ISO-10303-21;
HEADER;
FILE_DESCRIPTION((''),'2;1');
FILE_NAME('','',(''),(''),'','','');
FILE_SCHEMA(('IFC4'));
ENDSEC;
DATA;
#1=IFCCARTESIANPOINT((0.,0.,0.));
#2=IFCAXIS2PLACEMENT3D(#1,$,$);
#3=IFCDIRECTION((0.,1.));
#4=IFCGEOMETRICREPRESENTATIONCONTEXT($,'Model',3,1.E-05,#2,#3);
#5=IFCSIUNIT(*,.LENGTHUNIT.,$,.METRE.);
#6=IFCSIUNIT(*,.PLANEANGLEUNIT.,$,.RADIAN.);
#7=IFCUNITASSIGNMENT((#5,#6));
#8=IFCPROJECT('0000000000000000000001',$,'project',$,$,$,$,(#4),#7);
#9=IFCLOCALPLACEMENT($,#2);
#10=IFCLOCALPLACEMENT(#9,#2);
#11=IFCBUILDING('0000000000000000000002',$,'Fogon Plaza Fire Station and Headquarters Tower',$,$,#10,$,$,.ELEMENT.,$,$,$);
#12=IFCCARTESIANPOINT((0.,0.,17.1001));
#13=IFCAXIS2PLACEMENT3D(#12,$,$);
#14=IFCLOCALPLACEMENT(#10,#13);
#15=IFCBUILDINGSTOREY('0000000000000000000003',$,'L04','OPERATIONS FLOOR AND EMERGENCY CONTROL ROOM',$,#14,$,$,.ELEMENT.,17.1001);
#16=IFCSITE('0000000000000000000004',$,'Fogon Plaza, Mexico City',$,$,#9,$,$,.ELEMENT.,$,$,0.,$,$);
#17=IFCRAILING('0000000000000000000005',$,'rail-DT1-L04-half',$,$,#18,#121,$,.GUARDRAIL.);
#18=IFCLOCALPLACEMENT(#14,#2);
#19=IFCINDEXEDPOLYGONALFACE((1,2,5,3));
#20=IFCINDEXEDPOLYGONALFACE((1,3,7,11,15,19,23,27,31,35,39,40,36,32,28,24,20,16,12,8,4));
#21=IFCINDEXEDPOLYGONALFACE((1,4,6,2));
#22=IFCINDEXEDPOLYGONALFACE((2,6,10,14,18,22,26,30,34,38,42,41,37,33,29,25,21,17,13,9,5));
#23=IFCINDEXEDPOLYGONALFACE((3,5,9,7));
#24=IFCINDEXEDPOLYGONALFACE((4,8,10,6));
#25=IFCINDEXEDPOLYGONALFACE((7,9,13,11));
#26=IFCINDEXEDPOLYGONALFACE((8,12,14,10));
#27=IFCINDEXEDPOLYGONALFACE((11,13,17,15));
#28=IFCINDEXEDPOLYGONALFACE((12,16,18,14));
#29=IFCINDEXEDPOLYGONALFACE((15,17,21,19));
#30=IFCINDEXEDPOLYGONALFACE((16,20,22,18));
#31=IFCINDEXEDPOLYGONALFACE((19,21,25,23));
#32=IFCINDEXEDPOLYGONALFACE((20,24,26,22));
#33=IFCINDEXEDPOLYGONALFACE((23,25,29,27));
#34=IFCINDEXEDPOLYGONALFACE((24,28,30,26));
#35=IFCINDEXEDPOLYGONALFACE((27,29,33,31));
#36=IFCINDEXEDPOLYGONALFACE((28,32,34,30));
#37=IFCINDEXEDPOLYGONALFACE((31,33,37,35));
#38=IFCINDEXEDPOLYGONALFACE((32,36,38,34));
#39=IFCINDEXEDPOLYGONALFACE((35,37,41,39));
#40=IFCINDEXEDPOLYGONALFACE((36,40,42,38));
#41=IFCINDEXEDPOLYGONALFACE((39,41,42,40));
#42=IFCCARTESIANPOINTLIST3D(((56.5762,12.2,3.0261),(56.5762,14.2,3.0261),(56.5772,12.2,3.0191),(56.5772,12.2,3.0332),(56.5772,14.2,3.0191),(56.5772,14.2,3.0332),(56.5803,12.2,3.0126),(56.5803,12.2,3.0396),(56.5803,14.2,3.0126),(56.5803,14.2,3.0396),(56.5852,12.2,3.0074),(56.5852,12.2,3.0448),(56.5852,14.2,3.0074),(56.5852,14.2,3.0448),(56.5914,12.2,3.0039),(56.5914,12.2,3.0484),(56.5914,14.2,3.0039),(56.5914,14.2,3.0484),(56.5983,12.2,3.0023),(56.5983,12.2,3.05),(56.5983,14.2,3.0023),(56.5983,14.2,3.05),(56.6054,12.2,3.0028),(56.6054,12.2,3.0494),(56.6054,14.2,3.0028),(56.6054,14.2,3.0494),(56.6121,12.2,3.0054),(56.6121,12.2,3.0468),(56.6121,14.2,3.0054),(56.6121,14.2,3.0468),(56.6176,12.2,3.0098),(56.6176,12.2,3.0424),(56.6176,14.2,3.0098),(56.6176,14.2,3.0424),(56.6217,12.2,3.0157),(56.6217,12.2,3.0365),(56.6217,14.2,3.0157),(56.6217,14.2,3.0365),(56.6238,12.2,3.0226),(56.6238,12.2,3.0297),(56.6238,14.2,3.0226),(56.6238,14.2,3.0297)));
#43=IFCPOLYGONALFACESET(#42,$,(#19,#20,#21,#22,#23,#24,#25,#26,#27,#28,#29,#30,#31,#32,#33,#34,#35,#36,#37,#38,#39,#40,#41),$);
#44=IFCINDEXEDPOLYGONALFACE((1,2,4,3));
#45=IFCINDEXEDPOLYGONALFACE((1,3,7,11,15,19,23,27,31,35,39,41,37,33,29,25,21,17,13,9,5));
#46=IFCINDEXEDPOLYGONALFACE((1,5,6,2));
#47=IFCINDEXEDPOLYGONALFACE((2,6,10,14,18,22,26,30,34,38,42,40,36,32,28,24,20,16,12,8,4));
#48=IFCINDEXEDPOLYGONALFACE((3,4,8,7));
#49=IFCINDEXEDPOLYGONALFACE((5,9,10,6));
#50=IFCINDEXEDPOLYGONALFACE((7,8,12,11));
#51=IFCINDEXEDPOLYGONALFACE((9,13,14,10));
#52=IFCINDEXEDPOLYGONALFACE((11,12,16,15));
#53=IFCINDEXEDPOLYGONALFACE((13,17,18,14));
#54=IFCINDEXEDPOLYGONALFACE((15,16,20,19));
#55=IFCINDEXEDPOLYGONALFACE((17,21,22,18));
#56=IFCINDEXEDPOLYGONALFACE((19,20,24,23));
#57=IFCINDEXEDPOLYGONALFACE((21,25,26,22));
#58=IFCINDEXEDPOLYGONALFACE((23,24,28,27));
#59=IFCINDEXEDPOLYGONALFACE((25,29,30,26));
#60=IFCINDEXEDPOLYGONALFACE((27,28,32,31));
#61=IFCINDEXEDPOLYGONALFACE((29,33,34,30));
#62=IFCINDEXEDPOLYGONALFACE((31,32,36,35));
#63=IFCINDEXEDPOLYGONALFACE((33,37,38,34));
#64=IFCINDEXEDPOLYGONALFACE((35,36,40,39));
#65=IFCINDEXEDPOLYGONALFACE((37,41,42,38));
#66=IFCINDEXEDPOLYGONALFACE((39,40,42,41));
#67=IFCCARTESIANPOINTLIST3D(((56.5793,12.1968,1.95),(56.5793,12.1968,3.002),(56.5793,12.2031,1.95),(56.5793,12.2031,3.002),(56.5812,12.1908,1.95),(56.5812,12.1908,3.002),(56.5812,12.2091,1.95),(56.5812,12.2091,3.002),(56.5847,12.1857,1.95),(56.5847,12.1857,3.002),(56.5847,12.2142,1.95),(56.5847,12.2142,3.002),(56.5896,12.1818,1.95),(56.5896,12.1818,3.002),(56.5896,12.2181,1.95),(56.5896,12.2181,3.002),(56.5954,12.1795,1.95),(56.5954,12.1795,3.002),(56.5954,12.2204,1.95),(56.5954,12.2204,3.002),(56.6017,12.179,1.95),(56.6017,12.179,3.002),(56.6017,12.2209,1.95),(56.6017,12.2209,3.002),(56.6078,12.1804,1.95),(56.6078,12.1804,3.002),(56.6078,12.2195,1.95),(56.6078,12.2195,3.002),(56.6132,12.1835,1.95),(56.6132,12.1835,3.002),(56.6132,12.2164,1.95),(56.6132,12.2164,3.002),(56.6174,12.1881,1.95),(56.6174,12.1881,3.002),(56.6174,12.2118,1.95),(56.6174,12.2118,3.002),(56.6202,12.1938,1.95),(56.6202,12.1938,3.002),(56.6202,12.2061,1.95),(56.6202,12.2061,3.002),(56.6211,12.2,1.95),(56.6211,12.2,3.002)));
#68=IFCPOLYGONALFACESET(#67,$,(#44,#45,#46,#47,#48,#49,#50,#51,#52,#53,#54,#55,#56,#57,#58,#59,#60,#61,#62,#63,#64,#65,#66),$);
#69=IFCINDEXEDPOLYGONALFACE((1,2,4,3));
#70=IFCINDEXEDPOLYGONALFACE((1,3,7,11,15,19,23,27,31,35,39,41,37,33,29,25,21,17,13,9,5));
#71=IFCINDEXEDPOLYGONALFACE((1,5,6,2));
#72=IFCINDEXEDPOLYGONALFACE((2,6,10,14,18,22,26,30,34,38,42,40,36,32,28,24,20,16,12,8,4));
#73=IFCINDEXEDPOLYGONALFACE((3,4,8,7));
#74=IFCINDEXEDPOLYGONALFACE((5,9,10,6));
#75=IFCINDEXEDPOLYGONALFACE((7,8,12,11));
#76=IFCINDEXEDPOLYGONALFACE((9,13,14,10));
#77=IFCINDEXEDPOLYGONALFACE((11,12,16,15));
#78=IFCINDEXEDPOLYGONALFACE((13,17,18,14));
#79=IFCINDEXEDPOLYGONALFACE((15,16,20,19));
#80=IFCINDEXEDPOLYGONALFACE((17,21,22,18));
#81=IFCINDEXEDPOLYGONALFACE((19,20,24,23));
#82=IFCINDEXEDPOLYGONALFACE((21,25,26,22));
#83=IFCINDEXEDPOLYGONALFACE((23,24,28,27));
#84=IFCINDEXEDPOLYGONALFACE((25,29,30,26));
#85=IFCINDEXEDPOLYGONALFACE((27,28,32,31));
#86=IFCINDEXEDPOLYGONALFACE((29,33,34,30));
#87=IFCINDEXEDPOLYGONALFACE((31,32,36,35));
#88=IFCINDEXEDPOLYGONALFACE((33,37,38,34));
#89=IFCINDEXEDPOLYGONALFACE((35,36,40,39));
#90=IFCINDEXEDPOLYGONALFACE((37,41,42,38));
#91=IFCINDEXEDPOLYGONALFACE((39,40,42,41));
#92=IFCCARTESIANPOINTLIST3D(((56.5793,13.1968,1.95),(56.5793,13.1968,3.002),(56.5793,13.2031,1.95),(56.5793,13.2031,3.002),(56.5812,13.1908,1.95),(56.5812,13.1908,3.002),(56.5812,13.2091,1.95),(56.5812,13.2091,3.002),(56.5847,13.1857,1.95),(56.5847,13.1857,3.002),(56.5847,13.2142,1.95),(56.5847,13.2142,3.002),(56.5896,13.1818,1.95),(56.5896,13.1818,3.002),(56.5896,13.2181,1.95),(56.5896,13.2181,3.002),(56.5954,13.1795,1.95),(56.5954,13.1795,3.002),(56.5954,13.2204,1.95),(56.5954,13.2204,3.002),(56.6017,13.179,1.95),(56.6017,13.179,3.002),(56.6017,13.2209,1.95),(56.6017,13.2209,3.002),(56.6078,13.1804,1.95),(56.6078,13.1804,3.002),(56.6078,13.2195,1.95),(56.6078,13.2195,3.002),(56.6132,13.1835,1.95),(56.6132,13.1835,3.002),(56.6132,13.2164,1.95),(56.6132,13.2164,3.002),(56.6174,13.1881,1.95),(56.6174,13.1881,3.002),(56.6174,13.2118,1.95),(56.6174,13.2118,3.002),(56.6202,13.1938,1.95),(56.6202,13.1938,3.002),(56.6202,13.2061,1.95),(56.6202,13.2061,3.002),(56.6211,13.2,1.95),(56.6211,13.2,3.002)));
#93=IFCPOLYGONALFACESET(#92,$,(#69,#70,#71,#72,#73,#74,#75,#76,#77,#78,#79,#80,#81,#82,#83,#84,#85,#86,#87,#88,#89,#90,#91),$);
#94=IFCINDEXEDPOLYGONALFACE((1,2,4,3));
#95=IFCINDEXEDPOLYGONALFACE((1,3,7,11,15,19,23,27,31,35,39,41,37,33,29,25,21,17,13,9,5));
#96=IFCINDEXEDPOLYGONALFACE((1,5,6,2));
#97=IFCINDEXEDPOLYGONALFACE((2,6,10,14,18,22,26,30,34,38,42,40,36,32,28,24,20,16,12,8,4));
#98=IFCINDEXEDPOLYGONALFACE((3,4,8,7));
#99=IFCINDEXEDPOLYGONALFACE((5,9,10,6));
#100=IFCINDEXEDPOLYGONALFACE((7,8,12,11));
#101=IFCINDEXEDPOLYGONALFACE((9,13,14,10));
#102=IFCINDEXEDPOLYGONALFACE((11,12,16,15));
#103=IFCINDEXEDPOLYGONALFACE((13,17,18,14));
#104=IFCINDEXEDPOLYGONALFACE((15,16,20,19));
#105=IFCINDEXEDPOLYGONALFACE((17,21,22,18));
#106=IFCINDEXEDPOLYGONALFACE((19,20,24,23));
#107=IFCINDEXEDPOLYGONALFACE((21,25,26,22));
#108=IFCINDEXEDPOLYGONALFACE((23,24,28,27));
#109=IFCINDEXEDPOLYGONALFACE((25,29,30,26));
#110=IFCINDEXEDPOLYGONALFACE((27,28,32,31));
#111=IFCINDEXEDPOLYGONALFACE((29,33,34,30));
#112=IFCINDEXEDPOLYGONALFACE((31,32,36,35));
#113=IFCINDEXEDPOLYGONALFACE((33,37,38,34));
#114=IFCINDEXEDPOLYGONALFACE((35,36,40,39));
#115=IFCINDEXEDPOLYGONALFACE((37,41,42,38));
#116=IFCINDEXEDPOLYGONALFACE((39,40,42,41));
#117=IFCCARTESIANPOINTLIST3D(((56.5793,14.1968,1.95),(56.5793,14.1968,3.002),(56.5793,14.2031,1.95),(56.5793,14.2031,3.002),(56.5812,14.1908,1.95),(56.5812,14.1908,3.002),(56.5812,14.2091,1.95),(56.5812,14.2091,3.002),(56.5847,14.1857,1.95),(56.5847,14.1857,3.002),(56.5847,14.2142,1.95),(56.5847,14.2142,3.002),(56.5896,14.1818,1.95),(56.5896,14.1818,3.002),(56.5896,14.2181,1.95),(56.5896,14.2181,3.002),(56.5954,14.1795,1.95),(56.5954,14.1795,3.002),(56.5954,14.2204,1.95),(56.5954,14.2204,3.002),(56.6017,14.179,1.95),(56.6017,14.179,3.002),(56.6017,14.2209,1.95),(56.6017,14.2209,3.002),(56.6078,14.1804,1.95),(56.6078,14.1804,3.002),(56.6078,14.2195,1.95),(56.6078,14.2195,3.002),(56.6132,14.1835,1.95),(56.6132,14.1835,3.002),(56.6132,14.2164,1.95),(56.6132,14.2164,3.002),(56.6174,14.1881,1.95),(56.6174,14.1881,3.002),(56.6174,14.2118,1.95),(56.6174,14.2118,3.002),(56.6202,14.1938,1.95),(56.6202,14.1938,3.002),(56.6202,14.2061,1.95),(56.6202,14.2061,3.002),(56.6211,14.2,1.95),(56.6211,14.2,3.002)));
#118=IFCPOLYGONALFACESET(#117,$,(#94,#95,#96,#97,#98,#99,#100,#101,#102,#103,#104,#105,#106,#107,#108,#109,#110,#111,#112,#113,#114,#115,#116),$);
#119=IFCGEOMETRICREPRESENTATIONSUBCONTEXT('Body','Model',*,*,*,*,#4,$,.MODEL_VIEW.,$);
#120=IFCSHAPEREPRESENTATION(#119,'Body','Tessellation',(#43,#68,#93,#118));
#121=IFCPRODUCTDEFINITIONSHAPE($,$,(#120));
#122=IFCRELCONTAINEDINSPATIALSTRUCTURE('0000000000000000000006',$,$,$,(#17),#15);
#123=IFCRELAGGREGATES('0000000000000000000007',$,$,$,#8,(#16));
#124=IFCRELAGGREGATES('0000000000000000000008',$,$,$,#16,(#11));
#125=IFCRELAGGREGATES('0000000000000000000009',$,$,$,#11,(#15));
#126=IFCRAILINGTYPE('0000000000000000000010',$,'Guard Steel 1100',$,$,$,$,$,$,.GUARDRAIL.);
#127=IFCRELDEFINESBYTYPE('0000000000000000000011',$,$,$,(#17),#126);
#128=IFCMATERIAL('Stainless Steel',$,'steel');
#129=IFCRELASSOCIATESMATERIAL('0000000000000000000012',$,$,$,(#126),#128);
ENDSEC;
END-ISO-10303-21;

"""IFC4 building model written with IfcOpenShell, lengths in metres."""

from ifc_helpers import new_model, si_unit, direction, frame, origin, origin_2d, place, context, subcontext, project, spatial, circle, extrude, material, type_object, element, save


model = new_model("IFC4")

# Units and contexts
model_context = context("Model", 3, precision=1e-05, world=origin(), true_north=direction((0.0, 1.0)))
body_context = subcontext(model_context, "Body", "Model", "MODEL_VIEW")
ifc_project = project(units=[si_unit("LENGTHUNIT", "METRE"), si_unit("PLANEANGLEUNIT", "RADIAN")], contexts=[model_context])

# Site, building, storey
site_placement = place(None, origin())
site = spatial("IfcSite", under=ifc_project, at=site_placement, Name="Fogon Plaza, Mexico City", CompositionType="ELEMENT", RefElevation=0.0)
building_placement = place(site_placement, origin())
building = spatial("IfcBuilding", under=site, at=building_placement, Name="Fogon Plaza Fire Station and Headquarters Tower", CompositionType="ELEMENT")
storey_placement = place(building_placement, frame((0.0, 0.0, 17.1001)))
storey = spatial("IfcBuildingStorey", under=building, at=storey_placement, Name="L04", Description="OPERATIONS FLOOR AND EMERGENCY CONTROL ROOM", CompositionType="ELEMENT", Elevation=17.1001)

# Railing
ifc_material_1 = material(Name="Stainless Steel", Category="steel")
railing_type_1 = type_object("IfcRailingType", Name="Guard Steel 1100", PredefinedType="GUARDRAIL", material=ifc_material_1)
railing_1_placement = place(storey_placement, frame((56.6001, 12.2, 1.95)))
element("IfcRailing", 1, at=railing_1_placement, inside=storey, type_object=railing_type_1, Name="rail-DT1-L04-half", PredefinedType="GUARDRAIL", context=body_context, shape_type="SweptSolid", body=[
    extrude(circle(Radius=0.0239, at=origin_2d()), frame((0.0, 0.0, 1.0762), z_axis=(0.0, 1.0, 0.0), x_axis=(-1.0, 0.0, 0.0)), (0.0, 0.0, 1.0), 2.0),
    extrude(circle(Radius=0.021, at=origin_2d()), origin(), (0.0, 0.0, 1.0), 1.052),
    extrude(circle(Radius=0.021, at=origin_2d()), frame((0.0, 1.0, 0.0)), (0.0, 0.0, 1.0), 1.052),
    extrude(circle(Radius=0.021, at=origin_2d()), frame((0.0, 2.0, 0.0)), (0.0, 0.0, 1.0), 1.052),
])

save(model, "model.ifc")
